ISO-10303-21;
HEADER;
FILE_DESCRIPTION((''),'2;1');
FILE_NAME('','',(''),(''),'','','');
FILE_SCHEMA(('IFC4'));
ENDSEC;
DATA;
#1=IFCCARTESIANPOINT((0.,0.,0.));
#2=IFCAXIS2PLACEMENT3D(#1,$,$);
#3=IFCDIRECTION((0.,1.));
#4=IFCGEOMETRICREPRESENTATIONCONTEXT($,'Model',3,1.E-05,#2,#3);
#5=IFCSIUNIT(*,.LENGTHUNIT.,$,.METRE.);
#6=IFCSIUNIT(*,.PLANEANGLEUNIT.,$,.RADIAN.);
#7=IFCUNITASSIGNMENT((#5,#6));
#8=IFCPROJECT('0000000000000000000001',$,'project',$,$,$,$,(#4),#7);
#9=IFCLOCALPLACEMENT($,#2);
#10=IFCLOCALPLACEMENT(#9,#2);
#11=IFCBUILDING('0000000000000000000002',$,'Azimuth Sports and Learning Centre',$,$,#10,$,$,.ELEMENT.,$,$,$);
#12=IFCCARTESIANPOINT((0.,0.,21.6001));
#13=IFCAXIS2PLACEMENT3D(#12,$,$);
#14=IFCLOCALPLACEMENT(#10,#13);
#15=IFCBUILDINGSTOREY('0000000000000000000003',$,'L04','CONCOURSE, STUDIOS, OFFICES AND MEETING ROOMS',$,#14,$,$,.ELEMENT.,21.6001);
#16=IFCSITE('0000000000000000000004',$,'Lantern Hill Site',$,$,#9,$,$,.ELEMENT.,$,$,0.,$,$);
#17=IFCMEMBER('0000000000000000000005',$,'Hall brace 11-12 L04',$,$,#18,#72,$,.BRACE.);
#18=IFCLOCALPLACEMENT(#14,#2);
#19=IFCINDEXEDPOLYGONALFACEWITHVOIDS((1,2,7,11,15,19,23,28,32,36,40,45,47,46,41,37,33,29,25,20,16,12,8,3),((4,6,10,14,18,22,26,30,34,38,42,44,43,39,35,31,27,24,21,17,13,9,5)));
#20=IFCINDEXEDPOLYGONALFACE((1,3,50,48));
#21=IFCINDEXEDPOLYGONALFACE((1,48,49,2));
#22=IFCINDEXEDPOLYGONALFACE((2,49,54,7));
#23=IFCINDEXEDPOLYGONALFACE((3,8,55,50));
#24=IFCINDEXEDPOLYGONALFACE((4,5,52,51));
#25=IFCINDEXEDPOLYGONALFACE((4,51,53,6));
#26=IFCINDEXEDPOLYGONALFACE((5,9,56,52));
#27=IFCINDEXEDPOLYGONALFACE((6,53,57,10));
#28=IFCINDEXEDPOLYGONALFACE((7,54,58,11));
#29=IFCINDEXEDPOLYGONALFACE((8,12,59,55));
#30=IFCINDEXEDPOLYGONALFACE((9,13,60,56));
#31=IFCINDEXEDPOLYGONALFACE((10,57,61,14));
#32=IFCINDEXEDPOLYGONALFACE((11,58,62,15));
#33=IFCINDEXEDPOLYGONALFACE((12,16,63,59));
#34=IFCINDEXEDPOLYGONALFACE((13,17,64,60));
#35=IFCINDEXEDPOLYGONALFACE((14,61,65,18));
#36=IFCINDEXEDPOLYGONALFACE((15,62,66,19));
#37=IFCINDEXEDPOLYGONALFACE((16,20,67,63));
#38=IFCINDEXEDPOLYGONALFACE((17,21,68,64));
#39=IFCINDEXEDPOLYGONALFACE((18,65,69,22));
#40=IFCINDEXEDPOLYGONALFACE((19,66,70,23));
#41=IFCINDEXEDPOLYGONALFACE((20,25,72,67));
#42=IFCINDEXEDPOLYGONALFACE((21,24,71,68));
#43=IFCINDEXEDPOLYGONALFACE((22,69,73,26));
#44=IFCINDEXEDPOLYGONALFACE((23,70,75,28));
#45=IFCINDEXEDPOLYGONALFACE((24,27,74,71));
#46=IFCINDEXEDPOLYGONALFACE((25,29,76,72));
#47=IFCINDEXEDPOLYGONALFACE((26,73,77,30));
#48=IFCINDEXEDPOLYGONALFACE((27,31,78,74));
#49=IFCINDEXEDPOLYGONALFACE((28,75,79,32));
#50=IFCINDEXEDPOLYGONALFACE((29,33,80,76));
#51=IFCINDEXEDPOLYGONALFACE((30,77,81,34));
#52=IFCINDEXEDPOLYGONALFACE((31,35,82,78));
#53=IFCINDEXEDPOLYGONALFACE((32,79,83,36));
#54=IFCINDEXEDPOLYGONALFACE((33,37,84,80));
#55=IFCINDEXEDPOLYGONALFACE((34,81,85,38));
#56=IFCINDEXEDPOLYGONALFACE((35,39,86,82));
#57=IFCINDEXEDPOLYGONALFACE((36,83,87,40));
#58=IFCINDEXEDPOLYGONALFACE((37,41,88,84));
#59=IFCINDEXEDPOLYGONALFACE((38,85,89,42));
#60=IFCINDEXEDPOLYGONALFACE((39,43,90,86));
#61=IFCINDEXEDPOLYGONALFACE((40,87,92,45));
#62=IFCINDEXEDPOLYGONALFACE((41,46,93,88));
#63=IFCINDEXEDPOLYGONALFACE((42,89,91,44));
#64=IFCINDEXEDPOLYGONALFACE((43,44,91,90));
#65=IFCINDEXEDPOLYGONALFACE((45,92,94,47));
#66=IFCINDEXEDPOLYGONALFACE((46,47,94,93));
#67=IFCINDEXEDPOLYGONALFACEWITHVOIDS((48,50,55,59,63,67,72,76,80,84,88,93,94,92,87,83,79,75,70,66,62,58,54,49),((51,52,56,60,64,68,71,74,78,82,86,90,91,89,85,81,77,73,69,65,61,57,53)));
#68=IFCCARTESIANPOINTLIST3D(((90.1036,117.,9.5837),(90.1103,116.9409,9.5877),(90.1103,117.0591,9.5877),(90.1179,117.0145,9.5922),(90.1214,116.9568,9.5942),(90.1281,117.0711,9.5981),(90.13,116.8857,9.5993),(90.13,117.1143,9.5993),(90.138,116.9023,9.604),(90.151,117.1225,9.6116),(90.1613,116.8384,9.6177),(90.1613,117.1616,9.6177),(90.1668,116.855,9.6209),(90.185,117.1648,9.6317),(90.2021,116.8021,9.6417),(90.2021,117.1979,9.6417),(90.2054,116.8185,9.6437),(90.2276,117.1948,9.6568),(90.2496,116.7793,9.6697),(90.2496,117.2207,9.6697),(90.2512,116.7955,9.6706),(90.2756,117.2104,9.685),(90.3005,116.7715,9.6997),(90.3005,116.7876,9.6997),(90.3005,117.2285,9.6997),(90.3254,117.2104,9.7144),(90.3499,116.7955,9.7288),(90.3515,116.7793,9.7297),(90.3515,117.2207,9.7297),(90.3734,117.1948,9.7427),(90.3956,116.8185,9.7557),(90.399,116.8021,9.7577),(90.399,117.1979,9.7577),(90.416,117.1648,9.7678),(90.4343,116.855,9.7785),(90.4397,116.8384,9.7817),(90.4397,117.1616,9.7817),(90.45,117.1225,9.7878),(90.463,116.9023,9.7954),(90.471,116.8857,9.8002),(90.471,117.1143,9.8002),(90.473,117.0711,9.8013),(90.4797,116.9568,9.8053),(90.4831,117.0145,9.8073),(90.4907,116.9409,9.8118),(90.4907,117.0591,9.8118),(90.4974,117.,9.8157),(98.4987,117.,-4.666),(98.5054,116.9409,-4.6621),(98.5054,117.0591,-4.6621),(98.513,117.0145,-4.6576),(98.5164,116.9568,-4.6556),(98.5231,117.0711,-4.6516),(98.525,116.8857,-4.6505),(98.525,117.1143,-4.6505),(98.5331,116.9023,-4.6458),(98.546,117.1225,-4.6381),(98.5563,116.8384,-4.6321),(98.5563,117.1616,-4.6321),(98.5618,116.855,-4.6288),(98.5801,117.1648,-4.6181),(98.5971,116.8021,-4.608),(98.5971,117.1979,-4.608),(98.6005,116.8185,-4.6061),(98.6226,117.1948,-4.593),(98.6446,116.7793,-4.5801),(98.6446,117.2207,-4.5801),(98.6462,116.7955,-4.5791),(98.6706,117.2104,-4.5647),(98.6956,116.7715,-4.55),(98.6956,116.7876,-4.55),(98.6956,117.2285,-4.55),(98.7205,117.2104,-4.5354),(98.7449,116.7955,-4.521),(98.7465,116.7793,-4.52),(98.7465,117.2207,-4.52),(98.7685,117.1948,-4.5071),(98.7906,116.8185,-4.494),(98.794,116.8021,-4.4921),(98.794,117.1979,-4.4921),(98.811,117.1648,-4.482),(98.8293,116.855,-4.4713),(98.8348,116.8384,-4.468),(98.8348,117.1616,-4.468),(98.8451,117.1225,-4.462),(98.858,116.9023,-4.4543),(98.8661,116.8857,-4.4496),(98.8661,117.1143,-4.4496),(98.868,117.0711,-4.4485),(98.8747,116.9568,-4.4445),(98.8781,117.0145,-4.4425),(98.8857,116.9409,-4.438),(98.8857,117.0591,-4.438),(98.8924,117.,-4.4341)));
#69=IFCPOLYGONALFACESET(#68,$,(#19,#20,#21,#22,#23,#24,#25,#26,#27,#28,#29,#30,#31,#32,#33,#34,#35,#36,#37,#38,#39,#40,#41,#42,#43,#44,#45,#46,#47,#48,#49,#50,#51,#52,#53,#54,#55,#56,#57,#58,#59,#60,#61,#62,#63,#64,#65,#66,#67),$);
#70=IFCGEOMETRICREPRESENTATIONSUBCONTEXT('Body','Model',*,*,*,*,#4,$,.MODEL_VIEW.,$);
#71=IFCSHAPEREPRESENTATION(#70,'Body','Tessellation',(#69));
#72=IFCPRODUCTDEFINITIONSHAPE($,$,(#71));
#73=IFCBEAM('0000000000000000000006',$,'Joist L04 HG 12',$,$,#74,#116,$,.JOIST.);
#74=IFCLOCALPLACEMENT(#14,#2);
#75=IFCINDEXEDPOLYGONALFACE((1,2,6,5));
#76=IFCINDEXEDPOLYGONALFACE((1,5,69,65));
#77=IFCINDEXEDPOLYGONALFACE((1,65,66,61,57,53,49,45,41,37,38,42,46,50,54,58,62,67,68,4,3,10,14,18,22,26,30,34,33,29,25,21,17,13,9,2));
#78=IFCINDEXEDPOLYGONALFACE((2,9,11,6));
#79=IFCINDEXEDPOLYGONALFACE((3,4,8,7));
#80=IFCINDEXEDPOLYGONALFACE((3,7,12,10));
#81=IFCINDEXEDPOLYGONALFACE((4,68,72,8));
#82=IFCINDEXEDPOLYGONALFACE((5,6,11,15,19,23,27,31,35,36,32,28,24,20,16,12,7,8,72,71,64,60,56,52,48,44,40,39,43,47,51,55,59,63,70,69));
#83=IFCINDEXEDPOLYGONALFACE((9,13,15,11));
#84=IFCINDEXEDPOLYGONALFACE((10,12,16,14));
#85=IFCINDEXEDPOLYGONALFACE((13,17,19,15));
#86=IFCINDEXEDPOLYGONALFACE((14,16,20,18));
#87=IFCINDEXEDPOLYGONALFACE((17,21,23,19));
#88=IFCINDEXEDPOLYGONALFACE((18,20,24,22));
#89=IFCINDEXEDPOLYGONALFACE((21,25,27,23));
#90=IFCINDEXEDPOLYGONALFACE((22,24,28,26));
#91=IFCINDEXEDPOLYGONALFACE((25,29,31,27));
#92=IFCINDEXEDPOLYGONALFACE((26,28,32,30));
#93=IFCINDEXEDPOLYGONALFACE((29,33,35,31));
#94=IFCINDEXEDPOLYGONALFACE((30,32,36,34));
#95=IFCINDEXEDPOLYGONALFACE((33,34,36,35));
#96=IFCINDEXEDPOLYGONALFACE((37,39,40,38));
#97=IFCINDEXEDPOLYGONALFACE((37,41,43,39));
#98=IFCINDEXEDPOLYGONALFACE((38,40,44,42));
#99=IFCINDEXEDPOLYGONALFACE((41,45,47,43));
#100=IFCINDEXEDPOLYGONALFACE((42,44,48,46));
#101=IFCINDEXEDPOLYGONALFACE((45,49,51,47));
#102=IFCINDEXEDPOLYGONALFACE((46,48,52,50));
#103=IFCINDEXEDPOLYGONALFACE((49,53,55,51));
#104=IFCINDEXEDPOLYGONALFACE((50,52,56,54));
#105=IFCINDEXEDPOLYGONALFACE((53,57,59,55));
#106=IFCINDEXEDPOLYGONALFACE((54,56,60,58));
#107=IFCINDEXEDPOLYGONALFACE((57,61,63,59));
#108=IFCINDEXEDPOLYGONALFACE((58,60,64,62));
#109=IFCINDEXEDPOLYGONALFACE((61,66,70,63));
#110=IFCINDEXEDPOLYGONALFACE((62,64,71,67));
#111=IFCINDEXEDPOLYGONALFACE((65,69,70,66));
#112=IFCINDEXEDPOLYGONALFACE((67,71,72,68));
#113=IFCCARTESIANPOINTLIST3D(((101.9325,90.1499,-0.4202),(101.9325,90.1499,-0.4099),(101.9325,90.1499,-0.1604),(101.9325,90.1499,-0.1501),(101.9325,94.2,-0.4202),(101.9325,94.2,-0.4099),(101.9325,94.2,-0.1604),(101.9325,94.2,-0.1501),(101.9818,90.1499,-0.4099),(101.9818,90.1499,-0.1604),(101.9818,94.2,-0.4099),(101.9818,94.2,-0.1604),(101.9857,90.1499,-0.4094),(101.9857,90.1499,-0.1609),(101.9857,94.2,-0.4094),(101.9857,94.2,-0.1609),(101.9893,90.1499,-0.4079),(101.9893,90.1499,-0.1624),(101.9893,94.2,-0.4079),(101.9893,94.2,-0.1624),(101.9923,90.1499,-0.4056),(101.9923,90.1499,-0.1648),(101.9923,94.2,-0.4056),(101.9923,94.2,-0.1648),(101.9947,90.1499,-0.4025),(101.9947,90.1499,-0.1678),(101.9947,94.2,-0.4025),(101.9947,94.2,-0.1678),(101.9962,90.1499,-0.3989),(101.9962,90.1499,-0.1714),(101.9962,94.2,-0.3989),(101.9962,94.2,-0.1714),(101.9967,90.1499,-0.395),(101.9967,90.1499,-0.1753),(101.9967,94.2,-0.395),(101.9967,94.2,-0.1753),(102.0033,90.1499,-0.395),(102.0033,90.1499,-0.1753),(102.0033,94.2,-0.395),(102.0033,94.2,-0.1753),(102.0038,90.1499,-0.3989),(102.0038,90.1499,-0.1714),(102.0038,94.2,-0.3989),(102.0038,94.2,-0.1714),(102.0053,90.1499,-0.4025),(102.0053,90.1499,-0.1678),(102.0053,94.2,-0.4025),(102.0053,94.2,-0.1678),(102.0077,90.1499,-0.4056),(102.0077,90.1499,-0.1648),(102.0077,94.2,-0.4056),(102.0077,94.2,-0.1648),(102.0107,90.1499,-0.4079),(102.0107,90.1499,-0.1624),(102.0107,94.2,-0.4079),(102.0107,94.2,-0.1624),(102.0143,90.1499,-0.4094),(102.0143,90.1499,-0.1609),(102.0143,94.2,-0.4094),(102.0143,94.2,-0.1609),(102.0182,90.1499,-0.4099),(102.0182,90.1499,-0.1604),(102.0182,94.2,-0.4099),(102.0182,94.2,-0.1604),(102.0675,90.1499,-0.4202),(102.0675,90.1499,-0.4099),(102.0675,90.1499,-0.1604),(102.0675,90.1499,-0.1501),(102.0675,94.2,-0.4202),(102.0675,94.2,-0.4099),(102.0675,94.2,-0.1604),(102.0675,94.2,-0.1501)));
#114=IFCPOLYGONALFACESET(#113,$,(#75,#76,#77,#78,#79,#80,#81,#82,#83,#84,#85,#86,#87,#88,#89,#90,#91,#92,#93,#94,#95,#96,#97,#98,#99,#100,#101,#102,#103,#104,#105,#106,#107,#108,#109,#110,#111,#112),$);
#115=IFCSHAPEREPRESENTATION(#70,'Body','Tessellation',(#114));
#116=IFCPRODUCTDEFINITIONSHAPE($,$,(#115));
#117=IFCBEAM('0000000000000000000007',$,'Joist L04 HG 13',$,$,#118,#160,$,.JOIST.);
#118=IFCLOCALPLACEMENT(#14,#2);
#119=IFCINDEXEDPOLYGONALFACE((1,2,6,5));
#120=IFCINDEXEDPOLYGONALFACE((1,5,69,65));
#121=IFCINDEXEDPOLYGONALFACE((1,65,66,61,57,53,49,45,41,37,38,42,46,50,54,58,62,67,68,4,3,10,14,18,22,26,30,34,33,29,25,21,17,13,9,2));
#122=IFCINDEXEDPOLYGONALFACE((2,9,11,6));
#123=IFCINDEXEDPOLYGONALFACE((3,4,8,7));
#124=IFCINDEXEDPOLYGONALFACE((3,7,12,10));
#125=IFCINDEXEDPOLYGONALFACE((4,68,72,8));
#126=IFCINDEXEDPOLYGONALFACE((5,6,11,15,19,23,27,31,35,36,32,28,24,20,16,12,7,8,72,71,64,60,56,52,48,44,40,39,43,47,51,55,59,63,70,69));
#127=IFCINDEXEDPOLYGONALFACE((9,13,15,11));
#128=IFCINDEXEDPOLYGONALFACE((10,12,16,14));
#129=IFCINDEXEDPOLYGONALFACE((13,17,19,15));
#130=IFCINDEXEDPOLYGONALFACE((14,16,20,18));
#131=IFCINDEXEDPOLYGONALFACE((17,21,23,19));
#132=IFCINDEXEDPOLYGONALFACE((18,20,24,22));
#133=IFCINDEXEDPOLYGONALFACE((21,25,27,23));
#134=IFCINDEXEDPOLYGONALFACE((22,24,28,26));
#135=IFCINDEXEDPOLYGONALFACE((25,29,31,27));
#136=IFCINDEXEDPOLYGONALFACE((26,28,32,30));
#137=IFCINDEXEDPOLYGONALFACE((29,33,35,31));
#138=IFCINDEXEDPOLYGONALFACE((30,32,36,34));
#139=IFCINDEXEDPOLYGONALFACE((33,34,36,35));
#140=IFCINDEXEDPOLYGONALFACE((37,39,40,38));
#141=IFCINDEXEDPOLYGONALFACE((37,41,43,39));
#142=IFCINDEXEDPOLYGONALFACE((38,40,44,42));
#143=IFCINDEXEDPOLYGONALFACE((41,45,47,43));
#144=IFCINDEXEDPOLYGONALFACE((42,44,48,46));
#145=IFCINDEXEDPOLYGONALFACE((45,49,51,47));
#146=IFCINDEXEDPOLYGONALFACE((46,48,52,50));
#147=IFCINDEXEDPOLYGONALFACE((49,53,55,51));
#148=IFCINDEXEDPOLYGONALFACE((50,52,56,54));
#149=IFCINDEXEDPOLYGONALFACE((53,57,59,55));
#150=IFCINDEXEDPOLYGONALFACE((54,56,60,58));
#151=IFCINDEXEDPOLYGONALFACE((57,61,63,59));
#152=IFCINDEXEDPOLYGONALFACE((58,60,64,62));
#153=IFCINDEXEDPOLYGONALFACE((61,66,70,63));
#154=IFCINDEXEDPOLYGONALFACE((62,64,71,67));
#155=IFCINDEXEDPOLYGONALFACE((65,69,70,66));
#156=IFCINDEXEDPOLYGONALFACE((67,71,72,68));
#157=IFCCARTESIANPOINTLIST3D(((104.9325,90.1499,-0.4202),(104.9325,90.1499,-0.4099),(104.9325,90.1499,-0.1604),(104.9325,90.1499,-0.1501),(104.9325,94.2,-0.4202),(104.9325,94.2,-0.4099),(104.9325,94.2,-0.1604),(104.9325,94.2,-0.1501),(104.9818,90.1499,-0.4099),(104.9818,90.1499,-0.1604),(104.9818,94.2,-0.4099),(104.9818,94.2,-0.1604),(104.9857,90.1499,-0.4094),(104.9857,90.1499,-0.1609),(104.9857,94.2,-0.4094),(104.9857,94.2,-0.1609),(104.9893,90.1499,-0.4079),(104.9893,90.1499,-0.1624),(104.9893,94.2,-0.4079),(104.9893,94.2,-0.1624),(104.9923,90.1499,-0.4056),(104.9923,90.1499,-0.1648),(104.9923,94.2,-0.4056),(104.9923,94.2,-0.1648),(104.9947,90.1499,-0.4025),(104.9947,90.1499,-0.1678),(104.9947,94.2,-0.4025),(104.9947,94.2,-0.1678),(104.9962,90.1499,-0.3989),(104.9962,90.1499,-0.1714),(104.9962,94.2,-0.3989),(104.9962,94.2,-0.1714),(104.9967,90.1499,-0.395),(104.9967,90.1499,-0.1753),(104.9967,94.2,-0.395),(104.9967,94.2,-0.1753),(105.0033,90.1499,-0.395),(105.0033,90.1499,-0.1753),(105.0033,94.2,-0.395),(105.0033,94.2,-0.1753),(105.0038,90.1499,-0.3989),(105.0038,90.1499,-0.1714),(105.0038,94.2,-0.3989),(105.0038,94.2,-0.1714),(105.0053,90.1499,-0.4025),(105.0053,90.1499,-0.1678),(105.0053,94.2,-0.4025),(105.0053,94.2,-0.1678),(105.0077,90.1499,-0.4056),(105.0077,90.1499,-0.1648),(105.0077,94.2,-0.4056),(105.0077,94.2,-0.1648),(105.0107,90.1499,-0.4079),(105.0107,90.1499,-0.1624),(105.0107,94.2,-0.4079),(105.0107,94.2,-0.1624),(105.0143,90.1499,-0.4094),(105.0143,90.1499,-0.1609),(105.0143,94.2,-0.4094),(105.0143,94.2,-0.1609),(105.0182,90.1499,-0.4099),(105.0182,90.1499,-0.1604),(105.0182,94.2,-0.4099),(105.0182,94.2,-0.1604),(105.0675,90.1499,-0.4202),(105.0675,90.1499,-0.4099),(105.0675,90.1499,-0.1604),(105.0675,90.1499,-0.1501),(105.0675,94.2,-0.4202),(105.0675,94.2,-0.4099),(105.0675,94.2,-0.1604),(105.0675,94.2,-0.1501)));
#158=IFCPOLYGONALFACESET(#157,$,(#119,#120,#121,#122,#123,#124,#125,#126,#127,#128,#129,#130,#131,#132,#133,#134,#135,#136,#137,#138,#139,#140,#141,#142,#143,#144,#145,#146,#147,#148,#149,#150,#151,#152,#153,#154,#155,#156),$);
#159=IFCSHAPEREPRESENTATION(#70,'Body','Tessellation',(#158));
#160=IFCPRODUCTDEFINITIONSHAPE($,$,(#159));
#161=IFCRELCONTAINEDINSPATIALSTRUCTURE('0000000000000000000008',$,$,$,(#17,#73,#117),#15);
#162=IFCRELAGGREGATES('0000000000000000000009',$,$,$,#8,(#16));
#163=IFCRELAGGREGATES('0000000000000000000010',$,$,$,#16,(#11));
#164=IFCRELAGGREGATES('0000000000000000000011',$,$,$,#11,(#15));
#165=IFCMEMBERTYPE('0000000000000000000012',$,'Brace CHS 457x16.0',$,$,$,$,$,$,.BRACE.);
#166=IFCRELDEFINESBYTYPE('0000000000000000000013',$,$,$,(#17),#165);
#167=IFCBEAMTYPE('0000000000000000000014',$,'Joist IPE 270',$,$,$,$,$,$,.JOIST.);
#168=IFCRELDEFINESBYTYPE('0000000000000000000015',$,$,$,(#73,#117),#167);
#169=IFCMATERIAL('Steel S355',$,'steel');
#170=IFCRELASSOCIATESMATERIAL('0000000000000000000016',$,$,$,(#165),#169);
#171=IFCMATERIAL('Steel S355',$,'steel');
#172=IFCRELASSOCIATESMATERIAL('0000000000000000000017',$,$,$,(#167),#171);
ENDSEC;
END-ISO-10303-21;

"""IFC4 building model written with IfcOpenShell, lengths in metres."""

from ifc_helpers import new_model, si_unit, direction, frame, origin, origin_2d, place, context, subcontext, project, spatial, hollow_circle, i_section, extrude, material, material_profile, profile_set, type_object, element, save


model = new_model("IFC4")

# Units and contexts
model_context = context("Model", 3, precision=1e-05, world=origin(), true_north=direction((0.0, 1.0)))
body_context = subcontext(model_context, "Body", "Model", "MODEL_VIEW")
ifc_project = project(units=[si_unit("LENGTHUNIT", "METRE"), si_unit("PLANEANGLEUNIT", "RADIAN")], contexts=[model_context])

# Site, building, storey
site_placement = place(None, origin())
site = spatial("IfcSite", under=ifc_project, at=site_placement, Name="Lantern Hill Site", CompositionType="ELEMENT", RefElevation=0.0)
building_placement = place(site_placement, origin())
building = spatial("IfcBuilding", under=site, at=building_placement, Name="Azimuth Sports and Learning Centre", CompositionType="ELEMENT")
storey_placement = place(building_placement, frame((0.0, 0.0, 21.6001)))
storey = spatial("IfcBuildingStorey", under=building, at=storey_placement, Name="L04", Description="CONCOURSE, STUDIOS, OFFICES AND MEETING ROOMS", CompositionType="ELEMENT", Elevation=21.6001)

# Member
ifc_material_1 = material(Name="Steel S355", Category="steel")
ifc_material_profile_1 = material_profile(ifc_material_1, hollow_circle(Radius=0.2285, WallThickness=0.0161, at=origin_2d()), Name="CHS 457x16.0")
ifc_profile_set_1 = profile_set([ifc_material_profile_1], Name="Steel S355")
member_type_1 = type_object("IfcMemberType", Name="Brace CHS 457x16.0", PredefinedType="BRACE", material=ifc_profile_set_1)
for number, where, z_axis, x_axis, name in (
    (1, (98.6956, 117.0, -4.55), (-0.507595, 0.0, 0.861596), (0.0, -1.0, 0.0), "Hall brace 11-12 L04"),
):
    element("IfcMember", number, at=place(storey_placement, frame(where, z_axis=z_axis, x_axis=x_axis)), inside=storey, type_object=member_type_1, Name=name, PredefinedType="BRACE", context=body_context, shape_type="SweptSolid", body=[
        extrude(hollow_circle(Radius=0.2285, WallThickness=0.0161, at=origin_2d()), origin(), (0.0, 0.0, 1.0), 16.5388),
    ])

# Beams
ifc_material_2 = material(Name="Steel S355", Category="steel")
ifc_material_profile_2 = material_profile(ifc_material_2, i_section(OverallWidth=0.135, OverallDepth=0.27, WebThickness=0.0066, FlangeThickness=0.0103, FilletRadius=0.0149, at=origin_2d()), Name="IPE 270")
ifc_profile_set_2 = profile_set([ifc_material_profile_2], Name="Steel S355")
beam_type = type_object("IfcBeamType", Name="Joist IPE 270", PredefinedType="JOIST", material=ifc_profile_set_2)
for number, where, z_axis, x_axis, name in (
    (2, (102.0, 90.1499, -0.2852), (0.0, 1.0, 0.0), (-1.0, 0.0, 0.0), "Joist L04 HG 12"),
    (3, (105.0, 90.1499, -0.2852), (0.0, 1.0, 0.0), (-1.0, 0.0, 0.0), "Joist L04 HG 13"),
):
    element("IfcBeam", number, at=place(storey_placement, frame(where, z_axis=z_axis, x_axis=x_axis)), inside=storey, type_object=beam_type, Name=name, PredefinedType="JOIST", context=body_context, shape_type="SweptSolid", body=[
        extrude(i_section(OverallWidth=0.135, OverallDepth=0.27, WebThickness=0.0066, FlangeThickness=0.0103, FilletRadius=0.0149, at=origin_2d()), origin(), (0.0, 0.0, 1.0), 4.05),
    ])

save(model, "model.ifc")
